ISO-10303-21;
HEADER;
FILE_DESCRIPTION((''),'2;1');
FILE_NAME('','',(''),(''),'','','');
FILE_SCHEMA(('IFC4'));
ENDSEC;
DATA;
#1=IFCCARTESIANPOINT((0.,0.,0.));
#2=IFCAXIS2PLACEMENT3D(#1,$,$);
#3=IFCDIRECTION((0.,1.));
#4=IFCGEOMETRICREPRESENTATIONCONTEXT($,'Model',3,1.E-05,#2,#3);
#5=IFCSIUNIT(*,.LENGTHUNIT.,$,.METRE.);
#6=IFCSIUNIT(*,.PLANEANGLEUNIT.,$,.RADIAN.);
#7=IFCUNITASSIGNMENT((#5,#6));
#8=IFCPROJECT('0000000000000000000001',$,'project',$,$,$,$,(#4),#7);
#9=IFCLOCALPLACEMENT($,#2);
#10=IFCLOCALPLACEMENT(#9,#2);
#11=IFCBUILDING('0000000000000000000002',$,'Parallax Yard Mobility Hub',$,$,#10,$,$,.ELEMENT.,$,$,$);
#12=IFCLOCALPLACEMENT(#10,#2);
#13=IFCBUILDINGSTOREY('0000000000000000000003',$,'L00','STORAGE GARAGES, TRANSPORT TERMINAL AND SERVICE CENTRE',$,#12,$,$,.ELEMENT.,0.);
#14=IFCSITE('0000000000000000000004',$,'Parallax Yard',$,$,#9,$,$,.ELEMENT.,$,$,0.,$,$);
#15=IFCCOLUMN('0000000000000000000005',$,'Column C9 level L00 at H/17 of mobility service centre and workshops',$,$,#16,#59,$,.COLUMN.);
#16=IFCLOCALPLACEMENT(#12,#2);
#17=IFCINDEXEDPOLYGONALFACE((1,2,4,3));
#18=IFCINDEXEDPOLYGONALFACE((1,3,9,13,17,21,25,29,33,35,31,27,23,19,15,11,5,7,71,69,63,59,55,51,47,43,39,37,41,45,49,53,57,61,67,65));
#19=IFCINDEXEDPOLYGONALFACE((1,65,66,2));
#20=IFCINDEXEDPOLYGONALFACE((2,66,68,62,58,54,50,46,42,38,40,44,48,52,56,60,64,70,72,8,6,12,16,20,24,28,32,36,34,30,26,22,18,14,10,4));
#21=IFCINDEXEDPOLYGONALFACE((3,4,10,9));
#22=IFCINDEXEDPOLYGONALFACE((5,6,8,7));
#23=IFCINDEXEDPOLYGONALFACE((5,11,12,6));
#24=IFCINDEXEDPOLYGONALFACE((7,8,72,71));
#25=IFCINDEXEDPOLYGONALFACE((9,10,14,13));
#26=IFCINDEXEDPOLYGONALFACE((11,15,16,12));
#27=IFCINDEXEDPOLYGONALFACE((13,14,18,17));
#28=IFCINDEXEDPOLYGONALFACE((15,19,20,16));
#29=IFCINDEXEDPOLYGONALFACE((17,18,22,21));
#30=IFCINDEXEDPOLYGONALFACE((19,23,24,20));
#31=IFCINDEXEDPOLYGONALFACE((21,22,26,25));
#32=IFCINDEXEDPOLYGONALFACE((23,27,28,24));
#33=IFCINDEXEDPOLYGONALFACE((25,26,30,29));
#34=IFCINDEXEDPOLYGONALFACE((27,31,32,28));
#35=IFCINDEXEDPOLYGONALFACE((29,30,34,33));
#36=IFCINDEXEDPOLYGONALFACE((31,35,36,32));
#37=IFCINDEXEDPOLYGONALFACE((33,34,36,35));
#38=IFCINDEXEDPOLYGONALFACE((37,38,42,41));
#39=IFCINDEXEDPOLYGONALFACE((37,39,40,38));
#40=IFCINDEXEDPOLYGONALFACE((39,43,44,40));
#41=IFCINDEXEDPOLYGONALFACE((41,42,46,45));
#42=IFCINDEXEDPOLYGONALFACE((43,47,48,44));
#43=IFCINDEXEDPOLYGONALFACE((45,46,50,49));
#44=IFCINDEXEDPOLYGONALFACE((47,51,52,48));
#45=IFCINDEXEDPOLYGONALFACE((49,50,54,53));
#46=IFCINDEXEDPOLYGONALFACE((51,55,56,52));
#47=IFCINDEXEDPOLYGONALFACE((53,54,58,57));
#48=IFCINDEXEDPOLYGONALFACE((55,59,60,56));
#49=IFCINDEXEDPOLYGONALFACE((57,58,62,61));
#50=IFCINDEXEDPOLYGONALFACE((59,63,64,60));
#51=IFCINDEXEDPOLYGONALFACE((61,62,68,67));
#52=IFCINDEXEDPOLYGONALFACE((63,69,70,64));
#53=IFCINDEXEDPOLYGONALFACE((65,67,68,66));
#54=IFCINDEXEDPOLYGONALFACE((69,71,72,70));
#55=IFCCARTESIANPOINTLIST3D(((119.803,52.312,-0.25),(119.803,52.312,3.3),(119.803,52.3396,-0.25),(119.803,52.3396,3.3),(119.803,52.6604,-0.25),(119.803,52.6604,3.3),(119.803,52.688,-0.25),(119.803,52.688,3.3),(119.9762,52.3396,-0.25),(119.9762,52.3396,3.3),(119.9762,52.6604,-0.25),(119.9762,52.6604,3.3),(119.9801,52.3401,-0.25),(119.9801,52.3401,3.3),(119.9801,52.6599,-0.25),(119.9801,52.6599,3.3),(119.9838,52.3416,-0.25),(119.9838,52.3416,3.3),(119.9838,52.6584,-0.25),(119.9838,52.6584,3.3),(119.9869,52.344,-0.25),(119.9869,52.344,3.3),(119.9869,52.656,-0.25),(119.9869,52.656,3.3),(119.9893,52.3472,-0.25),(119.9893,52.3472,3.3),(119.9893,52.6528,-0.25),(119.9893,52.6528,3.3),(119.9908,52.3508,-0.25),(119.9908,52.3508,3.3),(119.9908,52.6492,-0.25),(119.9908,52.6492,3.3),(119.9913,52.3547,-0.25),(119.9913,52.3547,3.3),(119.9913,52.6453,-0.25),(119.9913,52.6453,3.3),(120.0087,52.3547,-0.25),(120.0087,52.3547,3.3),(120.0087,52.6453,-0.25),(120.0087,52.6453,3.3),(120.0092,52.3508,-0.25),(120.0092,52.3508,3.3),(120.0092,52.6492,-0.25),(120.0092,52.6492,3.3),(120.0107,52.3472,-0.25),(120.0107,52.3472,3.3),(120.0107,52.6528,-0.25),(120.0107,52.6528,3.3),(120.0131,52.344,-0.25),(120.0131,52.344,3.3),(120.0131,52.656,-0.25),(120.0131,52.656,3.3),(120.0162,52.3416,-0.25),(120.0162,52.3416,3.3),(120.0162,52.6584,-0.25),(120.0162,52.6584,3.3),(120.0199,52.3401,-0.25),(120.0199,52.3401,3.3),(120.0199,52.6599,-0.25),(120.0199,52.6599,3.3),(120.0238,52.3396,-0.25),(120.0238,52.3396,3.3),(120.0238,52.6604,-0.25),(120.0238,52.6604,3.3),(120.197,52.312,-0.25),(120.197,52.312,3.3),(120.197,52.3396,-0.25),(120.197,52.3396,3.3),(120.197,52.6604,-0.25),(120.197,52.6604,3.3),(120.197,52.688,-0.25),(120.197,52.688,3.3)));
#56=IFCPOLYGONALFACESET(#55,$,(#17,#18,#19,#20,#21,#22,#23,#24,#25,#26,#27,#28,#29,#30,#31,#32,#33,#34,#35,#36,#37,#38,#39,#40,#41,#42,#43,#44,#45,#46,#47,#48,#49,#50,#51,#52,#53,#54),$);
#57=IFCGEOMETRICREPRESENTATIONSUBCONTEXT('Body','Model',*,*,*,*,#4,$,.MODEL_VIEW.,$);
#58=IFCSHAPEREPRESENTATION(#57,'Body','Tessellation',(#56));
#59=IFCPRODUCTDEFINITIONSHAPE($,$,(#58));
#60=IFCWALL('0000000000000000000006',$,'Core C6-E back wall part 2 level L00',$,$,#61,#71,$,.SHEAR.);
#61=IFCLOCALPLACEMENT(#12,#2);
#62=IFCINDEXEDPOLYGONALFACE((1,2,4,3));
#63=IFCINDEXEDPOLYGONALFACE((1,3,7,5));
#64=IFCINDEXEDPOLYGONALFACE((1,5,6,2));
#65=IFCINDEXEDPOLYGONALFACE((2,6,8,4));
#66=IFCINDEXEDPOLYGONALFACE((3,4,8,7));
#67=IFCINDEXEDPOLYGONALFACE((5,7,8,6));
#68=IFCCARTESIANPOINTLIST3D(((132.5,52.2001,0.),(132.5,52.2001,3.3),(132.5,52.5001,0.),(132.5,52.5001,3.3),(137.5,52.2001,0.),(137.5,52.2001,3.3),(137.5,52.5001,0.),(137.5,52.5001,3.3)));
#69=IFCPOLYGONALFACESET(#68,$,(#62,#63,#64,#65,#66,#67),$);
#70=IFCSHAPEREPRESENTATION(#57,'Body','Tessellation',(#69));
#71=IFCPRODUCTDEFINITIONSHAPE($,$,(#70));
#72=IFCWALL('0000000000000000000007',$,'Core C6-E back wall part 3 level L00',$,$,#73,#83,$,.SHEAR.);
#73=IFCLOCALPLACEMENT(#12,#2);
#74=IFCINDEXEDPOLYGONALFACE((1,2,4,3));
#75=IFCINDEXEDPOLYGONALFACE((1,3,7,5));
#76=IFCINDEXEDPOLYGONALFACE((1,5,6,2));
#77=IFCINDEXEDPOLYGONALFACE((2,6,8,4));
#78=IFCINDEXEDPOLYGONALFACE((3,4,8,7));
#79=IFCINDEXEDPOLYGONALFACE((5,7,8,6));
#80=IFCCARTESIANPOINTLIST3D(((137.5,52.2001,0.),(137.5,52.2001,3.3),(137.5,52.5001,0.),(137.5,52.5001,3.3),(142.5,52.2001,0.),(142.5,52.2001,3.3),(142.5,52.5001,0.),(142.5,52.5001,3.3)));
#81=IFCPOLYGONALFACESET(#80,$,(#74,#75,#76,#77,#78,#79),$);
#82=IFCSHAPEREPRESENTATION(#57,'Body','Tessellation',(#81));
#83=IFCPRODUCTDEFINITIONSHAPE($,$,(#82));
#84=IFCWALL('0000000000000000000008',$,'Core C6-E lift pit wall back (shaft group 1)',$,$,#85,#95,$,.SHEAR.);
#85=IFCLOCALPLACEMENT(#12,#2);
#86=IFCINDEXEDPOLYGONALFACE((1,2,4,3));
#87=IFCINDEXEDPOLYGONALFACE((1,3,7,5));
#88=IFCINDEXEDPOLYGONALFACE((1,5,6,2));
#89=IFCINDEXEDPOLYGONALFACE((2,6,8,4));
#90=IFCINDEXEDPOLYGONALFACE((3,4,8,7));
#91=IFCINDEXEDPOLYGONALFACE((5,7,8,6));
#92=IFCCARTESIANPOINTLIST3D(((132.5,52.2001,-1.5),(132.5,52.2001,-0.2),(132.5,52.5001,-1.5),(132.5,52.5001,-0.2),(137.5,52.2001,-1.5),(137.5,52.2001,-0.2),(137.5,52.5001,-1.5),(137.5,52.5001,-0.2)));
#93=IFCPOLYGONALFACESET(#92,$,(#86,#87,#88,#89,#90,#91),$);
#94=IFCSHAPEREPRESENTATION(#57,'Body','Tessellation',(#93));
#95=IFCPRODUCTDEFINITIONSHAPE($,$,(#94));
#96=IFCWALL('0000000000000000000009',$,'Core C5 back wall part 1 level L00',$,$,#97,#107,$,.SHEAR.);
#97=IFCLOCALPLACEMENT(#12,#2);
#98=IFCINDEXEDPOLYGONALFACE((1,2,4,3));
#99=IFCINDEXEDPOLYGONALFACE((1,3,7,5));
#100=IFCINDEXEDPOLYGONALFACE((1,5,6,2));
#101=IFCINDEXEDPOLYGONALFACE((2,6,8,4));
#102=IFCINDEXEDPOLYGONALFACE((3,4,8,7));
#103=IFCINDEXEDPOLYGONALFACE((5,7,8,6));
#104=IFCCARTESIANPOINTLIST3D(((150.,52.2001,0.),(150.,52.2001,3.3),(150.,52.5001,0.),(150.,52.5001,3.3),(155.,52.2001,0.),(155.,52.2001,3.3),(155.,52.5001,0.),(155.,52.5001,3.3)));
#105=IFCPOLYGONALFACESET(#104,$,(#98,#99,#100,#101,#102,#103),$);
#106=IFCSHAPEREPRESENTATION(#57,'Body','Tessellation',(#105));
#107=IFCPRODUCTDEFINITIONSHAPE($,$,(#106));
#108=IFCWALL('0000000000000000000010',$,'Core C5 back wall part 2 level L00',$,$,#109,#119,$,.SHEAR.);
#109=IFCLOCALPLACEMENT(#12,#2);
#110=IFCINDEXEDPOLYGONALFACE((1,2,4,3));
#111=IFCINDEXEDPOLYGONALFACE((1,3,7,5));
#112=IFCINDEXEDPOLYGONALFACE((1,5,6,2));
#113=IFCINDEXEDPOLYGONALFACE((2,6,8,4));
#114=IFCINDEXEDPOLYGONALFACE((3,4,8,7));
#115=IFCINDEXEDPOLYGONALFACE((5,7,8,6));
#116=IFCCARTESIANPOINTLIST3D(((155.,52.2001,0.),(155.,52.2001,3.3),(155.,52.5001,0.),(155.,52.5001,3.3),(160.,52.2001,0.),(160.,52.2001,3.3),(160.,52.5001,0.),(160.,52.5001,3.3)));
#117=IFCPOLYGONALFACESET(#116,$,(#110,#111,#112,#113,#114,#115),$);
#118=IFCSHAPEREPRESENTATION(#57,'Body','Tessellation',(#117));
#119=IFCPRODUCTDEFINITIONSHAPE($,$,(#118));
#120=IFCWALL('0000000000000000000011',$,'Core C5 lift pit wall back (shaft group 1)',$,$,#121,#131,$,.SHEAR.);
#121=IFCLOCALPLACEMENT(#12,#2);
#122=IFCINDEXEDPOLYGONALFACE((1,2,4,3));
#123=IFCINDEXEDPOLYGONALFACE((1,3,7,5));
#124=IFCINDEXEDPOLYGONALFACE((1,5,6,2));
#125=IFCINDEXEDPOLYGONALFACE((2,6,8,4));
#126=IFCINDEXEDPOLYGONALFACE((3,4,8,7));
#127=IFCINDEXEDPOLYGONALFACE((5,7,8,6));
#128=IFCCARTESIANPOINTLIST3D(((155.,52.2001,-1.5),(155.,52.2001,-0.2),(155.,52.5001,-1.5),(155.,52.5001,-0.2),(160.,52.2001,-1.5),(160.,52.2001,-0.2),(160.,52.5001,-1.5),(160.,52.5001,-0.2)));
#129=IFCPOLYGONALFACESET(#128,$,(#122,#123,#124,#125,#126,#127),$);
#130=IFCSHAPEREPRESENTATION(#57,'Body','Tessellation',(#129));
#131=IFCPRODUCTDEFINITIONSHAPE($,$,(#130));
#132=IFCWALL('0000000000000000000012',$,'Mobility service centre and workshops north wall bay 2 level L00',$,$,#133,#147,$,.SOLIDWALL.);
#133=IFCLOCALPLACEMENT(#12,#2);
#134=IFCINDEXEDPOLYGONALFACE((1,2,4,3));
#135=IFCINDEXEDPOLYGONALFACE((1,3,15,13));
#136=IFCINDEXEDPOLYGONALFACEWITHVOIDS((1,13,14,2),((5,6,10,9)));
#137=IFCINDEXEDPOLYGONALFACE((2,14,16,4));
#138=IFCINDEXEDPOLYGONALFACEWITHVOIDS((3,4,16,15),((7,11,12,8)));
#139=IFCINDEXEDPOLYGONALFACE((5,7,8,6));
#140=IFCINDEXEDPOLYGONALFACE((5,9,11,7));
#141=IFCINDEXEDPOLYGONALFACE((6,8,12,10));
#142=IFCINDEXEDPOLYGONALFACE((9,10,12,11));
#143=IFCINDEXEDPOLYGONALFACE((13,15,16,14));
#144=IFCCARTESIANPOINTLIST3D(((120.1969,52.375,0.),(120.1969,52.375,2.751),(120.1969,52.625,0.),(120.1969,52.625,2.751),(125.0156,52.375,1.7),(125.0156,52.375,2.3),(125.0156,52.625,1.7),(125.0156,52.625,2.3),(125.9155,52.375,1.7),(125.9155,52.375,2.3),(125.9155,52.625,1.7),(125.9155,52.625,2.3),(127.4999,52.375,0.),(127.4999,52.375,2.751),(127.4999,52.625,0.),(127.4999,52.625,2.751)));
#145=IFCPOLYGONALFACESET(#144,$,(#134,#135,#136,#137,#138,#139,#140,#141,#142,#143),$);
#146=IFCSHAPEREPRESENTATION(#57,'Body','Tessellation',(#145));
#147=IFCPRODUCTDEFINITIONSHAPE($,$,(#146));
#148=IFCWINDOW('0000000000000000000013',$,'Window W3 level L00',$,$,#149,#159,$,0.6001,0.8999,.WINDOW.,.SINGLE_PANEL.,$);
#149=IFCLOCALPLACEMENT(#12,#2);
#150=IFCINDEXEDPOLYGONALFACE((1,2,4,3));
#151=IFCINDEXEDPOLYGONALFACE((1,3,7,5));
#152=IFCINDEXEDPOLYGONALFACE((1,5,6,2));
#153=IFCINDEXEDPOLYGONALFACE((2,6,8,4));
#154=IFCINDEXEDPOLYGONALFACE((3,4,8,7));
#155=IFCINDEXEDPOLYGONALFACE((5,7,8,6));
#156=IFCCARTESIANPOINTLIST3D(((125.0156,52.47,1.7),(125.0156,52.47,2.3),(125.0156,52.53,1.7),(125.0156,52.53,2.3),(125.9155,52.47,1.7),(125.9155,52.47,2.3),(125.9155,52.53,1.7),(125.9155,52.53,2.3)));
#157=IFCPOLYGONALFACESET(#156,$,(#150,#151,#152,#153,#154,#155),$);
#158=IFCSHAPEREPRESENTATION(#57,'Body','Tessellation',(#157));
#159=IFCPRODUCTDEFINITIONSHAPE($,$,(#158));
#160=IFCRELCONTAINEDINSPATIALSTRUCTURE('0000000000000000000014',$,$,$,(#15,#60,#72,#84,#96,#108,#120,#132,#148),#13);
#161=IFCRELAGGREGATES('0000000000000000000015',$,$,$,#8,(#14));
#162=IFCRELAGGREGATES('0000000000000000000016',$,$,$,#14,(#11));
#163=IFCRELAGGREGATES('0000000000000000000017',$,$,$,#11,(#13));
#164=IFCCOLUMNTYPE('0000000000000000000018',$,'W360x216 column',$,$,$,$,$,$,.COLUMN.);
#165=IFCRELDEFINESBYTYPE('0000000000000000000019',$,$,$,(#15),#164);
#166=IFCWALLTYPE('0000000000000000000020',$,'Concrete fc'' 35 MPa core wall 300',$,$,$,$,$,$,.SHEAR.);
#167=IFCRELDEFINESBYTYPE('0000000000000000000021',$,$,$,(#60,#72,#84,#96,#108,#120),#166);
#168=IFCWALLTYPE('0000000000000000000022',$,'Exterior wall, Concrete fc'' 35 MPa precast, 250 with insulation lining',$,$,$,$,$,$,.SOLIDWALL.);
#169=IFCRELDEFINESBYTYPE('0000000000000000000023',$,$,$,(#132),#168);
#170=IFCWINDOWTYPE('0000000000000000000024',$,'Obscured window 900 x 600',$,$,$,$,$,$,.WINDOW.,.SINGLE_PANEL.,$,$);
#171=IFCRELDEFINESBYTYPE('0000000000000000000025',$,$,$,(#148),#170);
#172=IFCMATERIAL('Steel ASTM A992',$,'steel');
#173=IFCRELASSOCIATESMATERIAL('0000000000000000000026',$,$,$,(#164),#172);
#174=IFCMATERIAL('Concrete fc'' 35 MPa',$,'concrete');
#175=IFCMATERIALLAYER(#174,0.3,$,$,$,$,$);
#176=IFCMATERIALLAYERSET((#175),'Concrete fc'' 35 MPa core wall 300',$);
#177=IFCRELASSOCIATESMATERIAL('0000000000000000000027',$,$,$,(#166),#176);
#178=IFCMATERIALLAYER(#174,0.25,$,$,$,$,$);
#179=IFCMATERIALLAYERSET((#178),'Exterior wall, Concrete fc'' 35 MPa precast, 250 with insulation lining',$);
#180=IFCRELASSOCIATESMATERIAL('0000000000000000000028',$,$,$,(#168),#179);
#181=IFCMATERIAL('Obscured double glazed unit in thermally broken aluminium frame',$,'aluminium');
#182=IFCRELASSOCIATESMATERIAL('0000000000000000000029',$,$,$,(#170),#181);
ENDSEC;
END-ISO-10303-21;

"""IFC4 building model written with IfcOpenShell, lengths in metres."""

from ifc_helpers import new_model, si_unit, direction, frame, frame_2d, origin, origin_2d, place, context, subcontext, project, spatial, rectangle, i_section, extrude, material, layer, layer_set, material_profile, profile_set, type_object, element, fill, save


model = new_model("IFC4")

# Units and contexts
model_context = context("Model", 3, precision=1e-05, world=origin(), true_north=direction((0.0, 1.0)))
body_context = subcontext(model_context, "Body", "Model", "MODEL_VIEW")
ifc_project = project(units=[si_unit("LENGTHUNIT", "METRE"), si_unit("PLANEANGLEUNIT", "RADIAN")], contexts=[model_context])

# Site, building, storey
site_placement = place(None, origin())
site = spatial("IfcSite", under=ifc_project, at=site_placement, Name="Parallax Yard", CompositionType="ELEMENT", RefElevation=0.0)
building_placement = place(site_placement, origin())
building = spatial("IfcBuilding", under=site, at=building_placement, Name="Parallax Yard Mobility Hub", CompositionType="ELEMENT")
storey_placement = place(building_placement, origin())
storey = spatial("IfcBuildingStorey", under=building, at=storey_placement, Name="L00", Description="STORAGE GARAGES, TRANSPORT TERMINAL AND SERVICE CENTRE", CompositionType="ELEMENT", Elevation=0.0)

# Column
ifc_material_1 = material(Name="Steel ASTM A992", Category="steel")
ifc_material_profile_1 = material_profile(ifc_material_1, i_section(OverallWidth=0.394, OverallDepth=0.376, WebThickness=0.0173, FlangeThickness=0.0276, FilletRadius=0.0151, at=origin_2d()), Name="W360x216")
ifc_profile_set_1 = profile_set([ifc_material_profile_1], Name="Steel ASTM A992")
column_type = type_object("IfcColumnType", Name="W360x216 column", PredefinedType="COLUMN", material=ifc_profile_set_1)
column_placement = place(storey_placement, frame((120.0, 52.5, -0.25), z_axis=(0.0, 0.0, 1.0), x_axis=(1.0, 0.0, 0.0)))
element("IfcColumn", 1, at=column_placement, inside=storey, type_object=column_type, Name="Column C9 level L00 at H/17 of mobility service centre and workshops", PredefinedType="COLUMN", context=body_context, shape_type="SweptSolid", body=[
    extrude(i_section(OverallWidth=0.394, OverallDepth=0.376, WebThickness=0.0173, FlangeThickness=0.0276, FilletRadius=0.0151, at=origin_2d()), origin(), (0.0, 0.0, 1.0), 3.55),
])

# Walls
ifc_material_2 = material(Name="Concrete fc' 35 MPa", Category="concrete")
ifc_layer_1 = layer(ifc_material_2, 0.3)
ifc_layer_set_1 = layer_set([ifc_layer_1], Name="Concrete fc' 35 MPa core wall 300")
wall_type_1 = type_object("IfcWallType", Name="Concrete fc' 35 MPa core wall 300", PredefinedType="SHEAR", material=ifc_layer_set_1)
for number, where, z_axis, x_axis, name in (
    (2, (132.5, 52.3501, 0.0), (0.0, 0.0, 1.0), (1.0, 0.0, 0.0), "Core C6-E back wall part 2 level L00"),
    (3, (137.5, 52.3501, 0.0), (0.0, 0.0, 1.0), (1.0, 0.0, 0.0), "Core C6-E back wall part 3 level L00"),
):
    element("IfcWall", number, at=place(storey_placement, frame(where, z_axis=z_axis, x_axis=x_axis)), inside=storey, type_object=wall_type_1, Name=name, PredefinedType="SHEAR", context=body_context, shape_type="SweptSolid", body=[
        extrude(rectangle(XDim=5.0, YDim=0.3, at=frame_2d((2.5, 0.0))), origin(), (0.0, 0.0, 1.0), 3.3),
    ])
wall_1_placement = place(storey_placement, frame((132.5, 52.3501, -1.5), z_axis=(0.0, 0.0, 1.0), x_axis=(1.0, 0.0, 0.0)))
element("IfcWall", 4, at=wall_1_placement, inside=storey, type_object=wall_type_1, Name="Core C6-E lift pit wall back (shaft group 1)", PredefinedType="SHEAR", context=body_context, shape_type="SweptSolid", body=[
    extrude(rectangle(XDim=5.0, YDim=0.3, at=frame_2d((2.5, 0.0))), origin(), (0.0, 0.0, 1.0), 1.3),
])
for number, where, z_axis, x_axis, name in (
    (5, (150.0, 52.3501, 0.0), (0.0, 0.0, 1.0), (1.0, 0.0, 0.0), "Core C5 back wall part 1 level L00"),
    (6, (155.0, 52.3501, 0.0), (0.0, 0.0, 1.0), (1.0, 0.0, 0.0), "Core C5 back wall part 2 level L00"),
):
    element("IfcWall", number, at=place(storey_placement, frame(where, z_axis=z_axis, x_axis=x_axis)), inside=storey, type_object=wall_type_1, Name=name, PredefinedType="SHEAR", context=body_context, shape_type="SweptSolid", body=[
        extrude(rectangle(XDim=5.0, YDim=0.3, at=frame_2d((2.5, 0.0))), origin(), (0.0, 0.0, 1.0), 3.3),
    ])
wall_2_placement = place(storey_placement, frame((155.0, 52.3501, -1.5), z_axis=(0.0, 0.0, 1.0), x_axis=(1.0, 0.0, 0.0)))
element("IfcWall", 7, at=wall_2_placement, inside=storey, type_object=wall_type_1, Name="Core C5 lift pit wall back (shaft group 1)", PredefinedType="SHEAR", context=body_context, shape_type="SweptSolid", body=[
    extrude(rectangle(XDim=5.0, YDim=0.3, at=frame_2d((2.5, 0.0))), origin(), (0.0, 0.0, 1.0), 1.3),
])

# Wall, opening, window
ifc_layer_2 = layer(ifc_material_2, 0.25)
ifc_layer_set_2 = layer_set([ifc_layer_2], Name="Exterior wall, Concrete fc' 35 MPa precast, 250 with insulation lining")
wall_type_2 = type_object("IfcWallType", Name="Exterior wall, Concrete fc' 35 MPa precast, 250 with insulation lining", PredefinedType="SOLIDWALL", material=ifc_layer_set_2)
wall_3_placement = place(storey_placement, frame((120.197, 52.5, 0.0), z_axis=(0.0, 0.0, 1.0), x_axis=(1.0, 0.0, 0.0)))
wall_3 = element("IfcWall", 8, at=wall_3_placement, inside=storey, type_object=wall_type_2, Name="Mobility service centre and workshops north wall bay 2 level L00", PredefinedType="SOLIDWALL", context=body_context, shape_type="SweptSolid", body=[
    extrude(rectangle(XDim=7.303, YDim=0.25, at=frame_2d((3.6514, 0.0))), origin(), (0.0, 0.0, 1.0), 2.751),
])
opening_placement = place(wall_3_placement, frame((4.8186, 0.0, 1.7)))
opening = element("IfcOpeningElement", 9, at=opening_placement, cuts=wall_3, PredefinedType="OPENING", context=body_context, shape_type="SweptSolid", body=[
    extrude(rectangle(XDim=0.8999, YDim=0.6001, at=frame_2d((0.45, 0.3))), frame((0.0, 0.135, 0.0), z_axis=(0.0, -1.0, 0.0), x_axis=(1.0, 0.0, 0.0)), (0.0, 0.0, 1.0), 0.27),
])
ifc_material_3 = material(Name="Obscured double glazed unit in thermally broken aluminium frame", Category="aluminium")
window_type = type_object("IfcWindowType", Name="Obscured window 900 x 600", PartitioningType="SINGLE_PANEL", PredefinedType="WINDOW", material=ifc_material_3)
window_placement = place(opening_placement, origin())
window = element("IfcWindow", 10, at=window_placement, inside=storey, type_object=window_type, Name="Window W3 level L00", OverallHeight=0.6001, OverallWidth=0.8999, PartitioningType="SINGLE_PANEL", PredefinedType="WINDOW", context=body_context, shape_type="SweptSolid", body=[
    extrude(rectangle(XDim=0.8999, YDim=0.6001, at=frame_2d((0.45, 0.3))), frame((0.0, 0.03, 0.0), z_axis=(0.0, -1.0, 0.0), x_axis=(1.0, 0.0, 0.0)), (0.0, 0.0, 1.0), 0.0601),
])
fill(opening, window)

save(model, "model.ifc")
